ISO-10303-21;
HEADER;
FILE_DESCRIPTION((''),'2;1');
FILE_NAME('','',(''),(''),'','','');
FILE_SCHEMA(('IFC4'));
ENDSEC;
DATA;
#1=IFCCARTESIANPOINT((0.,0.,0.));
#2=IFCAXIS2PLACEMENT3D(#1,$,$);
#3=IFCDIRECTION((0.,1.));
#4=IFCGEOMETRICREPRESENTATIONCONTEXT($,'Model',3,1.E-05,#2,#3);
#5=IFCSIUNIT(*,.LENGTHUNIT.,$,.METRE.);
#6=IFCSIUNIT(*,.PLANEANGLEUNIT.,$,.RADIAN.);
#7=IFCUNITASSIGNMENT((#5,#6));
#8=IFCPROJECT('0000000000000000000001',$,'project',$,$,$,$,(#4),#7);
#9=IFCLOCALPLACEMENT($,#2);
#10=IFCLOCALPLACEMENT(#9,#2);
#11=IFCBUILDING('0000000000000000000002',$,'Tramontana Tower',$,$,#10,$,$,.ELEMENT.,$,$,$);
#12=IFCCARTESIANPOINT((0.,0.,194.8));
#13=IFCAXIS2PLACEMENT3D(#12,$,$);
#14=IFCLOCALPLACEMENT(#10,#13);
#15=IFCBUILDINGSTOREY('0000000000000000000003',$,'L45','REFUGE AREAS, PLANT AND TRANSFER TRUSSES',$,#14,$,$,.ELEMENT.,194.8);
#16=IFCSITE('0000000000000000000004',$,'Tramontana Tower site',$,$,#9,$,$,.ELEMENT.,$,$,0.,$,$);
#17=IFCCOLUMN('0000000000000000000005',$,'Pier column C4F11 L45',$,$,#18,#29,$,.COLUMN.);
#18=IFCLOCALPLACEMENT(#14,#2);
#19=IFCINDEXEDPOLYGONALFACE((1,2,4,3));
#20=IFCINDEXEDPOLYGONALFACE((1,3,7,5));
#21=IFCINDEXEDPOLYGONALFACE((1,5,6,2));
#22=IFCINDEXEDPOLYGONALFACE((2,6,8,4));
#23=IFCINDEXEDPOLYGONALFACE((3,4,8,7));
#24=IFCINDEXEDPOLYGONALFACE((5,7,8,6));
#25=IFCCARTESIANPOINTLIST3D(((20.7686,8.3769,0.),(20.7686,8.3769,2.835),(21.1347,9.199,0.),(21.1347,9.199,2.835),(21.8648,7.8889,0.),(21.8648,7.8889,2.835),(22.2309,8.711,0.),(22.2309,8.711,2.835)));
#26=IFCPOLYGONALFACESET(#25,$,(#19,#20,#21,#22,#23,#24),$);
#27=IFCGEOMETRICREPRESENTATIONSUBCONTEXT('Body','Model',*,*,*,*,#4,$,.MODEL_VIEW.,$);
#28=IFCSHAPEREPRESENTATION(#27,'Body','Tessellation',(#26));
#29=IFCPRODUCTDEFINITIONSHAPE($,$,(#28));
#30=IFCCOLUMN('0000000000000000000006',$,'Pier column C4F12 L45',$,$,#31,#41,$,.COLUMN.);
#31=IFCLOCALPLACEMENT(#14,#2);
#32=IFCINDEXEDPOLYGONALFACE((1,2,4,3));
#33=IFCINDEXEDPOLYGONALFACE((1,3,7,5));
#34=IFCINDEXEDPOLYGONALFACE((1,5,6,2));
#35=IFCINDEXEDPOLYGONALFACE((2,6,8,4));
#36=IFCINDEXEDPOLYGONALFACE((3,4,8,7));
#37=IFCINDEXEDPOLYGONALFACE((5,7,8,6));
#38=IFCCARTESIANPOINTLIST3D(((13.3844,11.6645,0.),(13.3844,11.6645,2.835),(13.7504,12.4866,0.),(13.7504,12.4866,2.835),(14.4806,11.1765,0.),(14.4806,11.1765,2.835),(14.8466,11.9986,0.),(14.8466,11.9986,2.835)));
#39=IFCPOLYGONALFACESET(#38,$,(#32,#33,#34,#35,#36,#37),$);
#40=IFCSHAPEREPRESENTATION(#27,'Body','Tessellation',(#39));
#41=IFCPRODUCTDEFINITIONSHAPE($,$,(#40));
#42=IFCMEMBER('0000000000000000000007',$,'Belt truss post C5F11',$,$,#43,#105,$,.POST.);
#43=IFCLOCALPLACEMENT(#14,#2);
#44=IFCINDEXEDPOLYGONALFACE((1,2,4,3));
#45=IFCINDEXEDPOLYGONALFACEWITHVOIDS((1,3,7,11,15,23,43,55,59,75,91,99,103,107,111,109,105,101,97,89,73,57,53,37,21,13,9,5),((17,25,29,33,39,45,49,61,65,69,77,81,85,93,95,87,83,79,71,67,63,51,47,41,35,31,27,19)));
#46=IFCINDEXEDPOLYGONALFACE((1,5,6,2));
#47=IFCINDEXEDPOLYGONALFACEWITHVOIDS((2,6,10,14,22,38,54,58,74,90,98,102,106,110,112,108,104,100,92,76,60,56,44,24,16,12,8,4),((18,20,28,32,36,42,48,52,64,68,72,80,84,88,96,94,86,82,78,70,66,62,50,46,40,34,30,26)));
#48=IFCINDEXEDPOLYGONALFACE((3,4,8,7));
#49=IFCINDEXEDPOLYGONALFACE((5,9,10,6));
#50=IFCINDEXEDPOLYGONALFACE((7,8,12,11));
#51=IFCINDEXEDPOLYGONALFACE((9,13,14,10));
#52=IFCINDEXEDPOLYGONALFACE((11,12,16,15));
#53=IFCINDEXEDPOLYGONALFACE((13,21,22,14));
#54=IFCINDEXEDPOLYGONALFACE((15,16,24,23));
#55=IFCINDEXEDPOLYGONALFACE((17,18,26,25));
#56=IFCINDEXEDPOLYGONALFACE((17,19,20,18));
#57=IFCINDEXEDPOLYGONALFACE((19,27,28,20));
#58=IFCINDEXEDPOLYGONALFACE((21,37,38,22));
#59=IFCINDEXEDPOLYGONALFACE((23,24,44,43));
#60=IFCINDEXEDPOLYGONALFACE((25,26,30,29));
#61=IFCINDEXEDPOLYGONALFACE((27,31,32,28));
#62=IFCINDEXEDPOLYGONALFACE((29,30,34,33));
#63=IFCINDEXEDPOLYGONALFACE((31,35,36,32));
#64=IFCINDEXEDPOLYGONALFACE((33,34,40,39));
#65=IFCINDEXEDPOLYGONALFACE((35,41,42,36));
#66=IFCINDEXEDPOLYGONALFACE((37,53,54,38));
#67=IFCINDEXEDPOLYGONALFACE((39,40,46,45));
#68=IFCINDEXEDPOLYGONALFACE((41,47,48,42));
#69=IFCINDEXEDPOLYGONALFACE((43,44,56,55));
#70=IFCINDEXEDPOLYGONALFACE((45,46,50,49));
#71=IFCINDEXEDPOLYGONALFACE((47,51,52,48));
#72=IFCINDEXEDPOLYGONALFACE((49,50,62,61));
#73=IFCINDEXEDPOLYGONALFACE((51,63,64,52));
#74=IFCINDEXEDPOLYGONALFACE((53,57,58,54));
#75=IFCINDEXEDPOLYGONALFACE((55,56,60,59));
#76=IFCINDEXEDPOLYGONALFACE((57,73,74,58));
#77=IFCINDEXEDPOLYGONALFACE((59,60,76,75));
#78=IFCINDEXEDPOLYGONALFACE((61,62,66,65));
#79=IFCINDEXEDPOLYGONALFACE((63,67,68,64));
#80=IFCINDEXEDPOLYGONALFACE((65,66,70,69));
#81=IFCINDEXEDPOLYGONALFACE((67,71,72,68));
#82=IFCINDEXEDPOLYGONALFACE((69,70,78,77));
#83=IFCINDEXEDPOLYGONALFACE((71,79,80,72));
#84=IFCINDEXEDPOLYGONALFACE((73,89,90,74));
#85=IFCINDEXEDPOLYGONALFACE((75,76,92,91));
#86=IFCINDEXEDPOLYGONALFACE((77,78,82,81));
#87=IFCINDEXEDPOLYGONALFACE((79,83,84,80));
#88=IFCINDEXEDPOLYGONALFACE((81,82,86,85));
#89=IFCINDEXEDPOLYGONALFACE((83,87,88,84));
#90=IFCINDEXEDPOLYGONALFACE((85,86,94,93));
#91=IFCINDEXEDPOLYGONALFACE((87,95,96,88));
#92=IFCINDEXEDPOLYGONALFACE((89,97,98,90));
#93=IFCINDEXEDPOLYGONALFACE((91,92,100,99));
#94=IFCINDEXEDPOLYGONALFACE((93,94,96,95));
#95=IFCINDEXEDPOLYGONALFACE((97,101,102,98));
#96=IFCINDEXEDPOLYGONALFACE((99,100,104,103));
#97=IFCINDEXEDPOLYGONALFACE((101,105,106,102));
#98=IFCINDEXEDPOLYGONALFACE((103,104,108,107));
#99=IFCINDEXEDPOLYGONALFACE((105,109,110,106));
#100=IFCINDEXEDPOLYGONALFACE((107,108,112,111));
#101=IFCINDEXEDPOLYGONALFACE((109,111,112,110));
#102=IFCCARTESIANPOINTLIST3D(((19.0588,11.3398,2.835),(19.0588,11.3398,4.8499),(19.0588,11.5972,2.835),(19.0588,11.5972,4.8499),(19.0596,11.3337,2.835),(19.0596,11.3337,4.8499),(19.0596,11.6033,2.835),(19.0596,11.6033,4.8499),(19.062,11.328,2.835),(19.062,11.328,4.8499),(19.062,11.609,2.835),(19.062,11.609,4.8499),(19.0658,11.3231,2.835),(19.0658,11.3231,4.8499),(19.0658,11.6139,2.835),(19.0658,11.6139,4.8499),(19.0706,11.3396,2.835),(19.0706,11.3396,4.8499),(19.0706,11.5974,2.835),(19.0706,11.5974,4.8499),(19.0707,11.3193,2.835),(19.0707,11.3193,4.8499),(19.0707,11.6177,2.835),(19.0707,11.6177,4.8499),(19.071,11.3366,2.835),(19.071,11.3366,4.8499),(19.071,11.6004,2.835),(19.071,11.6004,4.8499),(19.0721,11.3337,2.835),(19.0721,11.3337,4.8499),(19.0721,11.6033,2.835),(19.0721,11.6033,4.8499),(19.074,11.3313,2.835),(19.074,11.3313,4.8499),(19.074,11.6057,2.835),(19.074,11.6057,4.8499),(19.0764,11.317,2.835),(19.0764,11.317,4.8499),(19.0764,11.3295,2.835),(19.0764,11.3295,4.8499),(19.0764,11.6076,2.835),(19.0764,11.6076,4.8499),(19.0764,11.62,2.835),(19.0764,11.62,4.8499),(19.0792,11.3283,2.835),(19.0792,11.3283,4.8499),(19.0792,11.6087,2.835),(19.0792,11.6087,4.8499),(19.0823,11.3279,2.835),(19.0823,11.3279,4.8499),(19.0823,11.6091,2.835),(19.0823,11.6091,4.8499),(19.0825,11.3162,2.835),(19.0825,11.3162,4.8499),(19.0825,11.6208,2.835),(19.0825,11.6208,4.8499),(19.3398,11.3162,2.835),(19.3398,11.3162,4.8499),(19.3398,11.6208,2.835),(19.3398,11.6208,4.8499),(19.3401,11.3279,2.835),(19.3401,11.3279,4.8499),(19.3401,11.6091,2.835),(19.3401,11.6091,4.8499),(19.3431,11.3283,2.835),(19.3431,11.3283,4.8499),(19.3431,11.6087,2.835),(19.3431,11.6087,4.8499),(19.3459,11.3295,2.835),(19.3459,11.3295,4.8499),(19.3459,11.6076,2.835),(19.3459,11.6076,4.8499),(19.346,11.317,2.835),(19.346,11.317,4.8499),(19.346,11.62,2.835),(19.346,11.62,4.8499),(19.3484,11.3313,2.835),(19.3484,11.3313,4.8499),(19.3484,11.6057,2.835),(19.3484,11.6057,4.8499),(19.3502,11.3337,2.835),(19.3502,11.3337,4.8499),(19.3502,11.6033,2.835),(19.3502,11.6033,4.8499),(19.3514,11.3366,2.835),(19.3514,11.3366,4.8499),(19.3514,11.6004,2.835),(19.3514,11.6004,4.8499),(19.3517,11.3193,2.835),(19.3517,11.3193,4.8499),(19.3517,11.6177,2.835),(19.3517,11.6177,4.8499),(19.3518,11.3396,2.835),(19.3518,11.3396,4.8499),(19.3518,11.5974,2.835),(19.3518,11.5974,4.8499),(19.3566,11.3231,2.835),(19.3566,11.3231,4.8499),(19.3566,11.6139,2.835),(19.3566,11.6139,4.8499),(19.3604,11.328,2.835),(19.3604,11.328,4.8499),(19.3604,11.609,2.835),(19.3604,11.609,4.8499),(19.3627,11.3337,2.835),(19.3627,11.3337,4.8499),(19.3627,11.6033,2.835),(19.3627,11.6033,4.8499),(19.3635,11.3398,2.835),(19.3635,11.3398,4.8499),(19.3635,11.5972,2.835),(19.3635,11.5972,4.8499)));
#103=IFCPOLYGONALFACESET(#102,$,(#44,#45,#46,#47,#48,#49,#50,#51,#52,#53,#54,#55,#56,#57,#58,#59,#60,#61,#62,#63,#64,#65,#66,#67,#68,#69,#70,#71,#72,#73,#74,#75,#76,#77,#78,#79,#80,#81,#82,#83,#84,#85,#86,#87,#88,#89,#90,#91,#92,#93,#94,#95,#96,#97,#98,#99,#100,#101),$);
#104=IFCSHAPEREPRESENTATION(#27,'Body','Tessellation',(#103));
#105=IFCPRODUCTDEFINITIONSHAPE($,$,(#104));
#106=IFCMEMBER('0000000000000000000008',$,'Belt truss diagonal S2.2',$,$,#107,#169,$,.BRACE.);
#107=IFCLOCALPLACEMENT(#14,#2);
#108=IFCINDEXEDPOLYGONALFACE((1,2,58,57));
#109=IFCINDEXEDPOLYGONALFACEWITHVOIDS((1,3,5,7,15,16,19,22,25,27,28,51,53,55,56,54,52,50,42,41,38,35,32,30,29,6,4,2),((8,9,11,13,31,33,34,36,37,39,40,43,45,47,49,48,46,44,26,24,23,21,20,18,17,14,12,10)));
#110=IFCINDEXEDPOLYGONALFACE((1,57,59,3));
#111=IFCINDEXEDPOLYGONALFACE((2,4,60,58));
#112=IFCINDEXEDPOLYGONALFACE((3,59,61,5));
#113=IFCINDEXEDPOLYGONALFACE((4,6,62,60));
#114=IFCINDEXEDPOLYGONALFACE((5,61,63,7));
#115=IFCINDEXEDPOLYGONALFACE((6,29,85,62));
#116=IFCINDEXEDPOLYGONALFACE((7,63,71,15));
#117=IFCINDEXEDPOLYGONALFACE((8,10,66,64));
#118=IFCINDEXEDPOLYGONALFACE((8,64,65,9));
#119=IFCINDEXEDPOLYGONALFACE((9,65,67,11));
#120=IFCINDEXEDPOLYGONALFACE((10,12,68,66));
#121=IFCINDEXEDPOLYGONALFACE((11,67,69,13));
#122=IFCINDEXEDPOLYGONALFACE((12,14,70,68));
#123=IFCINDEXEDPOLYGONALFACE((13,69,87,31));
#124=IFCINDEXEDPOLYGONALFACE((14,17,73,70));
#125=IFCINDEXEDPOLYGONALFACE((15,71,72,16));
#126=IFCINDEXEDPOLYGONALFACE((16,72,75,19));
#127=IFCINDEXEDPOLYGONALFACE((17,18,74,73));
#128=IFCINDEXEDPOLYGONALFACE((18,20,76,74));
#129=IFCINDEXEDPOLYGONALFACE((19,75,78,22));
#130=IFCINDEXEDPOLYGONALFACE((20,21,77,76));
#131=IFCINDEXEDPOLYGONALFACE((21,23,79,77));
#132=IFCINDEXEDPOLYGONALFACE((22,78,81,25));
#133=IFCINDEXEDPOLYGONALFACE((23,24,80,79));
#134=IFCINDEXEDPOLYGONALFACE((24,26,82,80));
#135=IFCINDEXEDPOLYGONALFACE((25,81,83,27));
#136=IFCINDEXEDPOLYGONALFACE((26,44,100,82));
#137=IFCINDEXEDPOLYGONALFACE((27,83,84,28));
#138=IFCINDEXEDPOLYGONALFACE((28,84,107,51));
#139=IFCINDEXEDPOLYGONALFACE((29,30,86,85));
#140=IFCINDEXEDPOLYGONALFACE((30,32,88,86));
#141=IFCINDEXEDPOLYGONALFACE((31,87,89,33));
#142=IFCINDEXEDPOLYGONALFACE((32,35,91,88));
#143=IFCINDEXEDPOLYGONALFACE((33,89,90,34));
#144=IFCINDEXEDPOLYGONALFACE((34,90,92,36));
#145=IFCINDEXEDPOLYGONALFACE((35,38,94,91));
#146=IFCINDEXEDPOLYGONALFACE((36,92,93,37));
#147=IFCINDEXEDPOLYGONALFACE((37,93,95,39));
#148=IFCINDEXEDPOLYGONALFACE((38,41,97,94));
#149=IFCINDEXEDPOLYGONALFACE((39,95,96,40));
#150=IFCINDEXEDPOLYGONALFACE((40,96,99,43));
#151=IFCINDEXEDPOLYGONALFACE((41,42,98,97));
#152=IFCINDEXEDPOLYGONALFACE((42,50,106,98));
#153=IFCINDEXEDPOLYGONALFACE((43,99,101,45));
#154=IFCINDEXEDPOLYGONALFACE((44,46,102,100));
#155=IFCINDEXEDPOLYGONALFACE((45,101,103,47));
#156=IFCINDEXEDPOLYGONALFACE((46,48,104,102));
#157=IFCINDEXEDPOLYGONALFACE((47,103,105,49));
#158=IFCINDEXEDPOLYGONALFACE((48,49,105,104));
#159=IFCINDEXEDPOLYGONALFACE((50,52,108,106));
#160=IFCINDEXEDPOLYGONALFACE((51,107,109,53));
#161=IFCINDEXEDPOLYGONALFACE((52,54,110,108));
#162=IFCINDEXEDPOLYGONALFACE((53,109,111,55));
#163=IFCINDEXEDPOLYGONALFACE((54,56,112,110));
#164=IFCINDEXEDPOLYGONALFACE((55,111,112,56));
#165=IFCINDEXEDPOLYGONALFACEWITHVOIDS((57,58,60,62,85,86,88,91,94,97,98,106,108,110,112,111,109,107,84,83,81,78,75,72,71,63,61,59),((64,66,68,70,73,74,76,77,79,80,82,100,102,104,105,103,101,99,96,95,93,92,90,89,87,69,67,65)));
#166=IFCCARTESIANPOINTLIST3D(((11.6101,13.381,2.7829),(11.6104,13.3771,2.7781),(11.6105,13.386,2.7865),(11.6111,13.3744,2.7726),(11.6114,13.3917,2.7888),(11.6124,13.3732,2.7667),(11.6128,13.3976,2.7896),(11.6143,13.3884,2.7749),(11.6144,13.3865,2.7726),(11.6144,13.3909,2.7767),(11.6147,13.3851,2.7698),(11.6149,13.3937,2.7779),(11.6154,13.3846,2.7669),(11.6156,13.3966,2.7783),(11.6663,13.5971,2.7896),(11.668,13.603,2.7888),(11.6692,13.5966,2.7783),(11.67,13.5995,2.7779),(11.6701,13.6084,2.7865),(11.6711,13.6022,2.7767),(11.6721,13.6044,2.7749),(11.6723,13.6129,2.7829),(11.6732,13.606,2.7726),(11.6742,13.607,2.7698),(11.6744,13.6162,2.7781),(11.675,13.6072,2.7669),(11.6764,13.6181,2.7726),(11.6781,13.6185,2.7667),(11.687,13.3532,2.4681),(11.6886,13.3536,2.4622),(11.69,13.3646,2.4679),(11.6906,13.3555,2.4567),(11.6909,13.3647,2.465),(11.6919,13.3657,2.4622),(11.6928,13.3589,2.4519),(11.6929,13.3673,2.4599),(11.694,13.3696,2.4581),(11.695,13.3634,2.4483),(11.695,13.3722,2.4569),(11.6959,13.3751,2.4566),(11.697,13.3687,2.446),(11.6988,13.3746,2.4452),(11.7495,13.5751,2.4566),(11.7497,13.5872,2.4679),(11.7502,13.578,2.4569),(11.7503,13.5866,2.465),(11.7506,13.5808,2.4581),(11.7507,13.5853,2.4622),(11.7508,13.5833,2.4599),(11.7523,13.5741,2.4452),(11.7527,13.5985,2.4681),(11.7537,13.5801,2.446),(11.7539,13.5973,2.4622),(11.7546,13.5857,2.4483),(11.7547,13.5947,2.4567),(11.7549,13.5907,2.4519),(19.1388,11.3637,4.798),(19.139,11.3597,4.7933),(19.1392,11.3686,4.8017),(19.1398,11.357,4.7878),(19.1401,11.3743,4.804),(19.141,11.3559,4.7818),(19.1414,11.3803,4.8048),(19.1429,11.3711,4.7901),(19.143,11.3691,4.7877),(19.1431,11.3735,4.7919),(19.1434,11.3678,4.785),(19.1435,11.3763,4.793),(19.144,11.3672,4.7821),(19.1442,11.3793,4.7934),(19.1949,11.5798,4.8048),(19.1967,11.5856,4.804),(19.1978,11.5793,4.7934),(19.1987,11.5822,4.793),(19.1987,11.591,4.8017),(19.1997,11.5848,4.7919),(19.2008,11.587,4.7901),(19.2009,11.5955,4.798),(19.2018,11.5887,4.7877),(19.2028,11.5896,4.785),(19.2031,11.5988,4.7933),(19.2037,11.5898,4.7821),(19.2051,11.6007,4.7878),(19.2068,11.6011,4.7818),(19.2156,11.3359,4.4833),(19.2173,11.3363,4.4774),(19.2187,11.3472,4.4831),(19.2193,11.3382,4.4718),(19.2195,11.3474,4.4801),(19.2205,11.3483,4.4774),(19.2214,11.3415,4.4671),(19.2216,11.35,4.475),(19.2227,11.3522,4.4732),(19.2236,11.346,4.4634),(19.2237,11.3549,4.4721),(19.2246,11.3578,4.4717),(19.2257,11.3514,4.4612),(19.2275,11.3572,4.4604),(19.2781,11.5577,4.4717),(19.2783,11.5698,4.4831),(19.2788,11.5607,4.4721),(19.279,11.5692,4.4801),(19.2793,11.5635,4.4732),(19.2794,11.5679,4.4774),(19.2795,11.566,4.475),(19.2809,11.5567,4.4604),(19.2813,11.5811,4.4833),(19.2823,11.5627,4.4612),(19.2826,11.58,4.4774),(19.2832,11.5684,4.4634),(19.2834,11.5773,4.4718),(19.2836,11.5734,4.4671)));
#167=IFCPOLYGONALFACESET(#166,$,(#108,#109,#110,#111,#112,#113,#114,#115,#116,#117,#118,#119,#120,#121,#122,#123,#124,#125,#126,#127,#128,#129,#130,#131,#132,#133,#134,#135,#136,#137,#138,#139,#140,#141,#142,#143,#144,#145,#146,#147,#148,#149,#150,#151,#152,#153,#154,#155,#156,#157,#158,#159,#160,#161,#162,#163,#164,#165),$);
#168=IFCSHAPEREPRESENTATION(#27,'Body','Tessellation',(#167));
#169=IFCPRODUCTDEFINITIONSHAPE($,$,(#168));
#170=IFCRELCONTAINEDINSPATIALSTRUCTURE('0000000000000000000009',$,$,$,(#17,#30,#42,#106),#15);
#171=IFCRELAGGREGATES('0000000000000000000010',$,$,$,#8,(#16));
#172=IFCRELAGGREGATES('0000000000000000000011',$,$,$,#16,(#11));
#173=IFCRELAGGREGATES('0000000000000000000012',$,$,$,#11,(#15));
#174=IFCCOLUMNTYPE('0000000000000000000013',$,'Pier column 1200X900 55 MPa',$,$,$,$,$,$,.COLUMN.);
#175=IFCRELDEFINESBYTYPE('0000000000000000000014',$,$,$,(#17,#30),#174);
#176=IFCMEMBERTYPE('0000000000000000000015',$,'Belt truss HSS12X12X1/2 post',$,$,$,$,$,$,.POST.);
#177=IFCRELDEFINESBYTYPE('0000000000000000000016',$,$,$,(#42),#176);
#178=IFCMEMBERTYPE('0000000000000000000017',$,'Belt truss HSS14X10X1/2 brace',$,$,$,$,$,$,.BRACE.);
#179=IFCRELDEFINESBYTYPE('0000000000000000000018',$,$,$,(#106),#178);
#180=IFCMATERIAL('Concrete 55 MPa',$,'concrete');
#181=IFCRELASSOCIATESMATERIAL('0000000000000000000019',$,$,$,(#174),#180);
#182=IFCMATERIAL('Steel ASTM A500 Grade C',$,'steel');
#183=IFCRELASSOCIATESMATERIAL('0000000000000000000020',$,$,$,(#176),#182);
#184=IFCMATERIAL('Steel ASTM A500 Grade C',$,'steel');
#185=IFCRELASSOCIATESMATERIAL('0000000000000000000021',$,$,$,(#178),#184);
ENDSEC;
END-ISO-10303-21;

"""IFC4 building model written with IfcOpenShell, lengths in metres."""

from ifc_helpers import new_model, si_unit, direction, frame, origin, origin_2d, place, context, subcontext, project, spatial, rectangle, hollow_rectangle, extrude, material, material_profile, profile_set, type_object, element, save


model = new_model("IFC4")

# Units and contexts
model_context = context("Model", 3, precision=1e-05, world=origin(), true_north=direction((0.0, 1.0)))
body_context = subcontext(model_context, "Body", "Model", "MODEL_VIEW")
ifc_project = project(units=[si_unit("LENGTHUNIT", "METRE"), si_unit("PLANEANGLEUNIT", "RADIAN")], contexts=[model_context])

# Site, building, storey
site_placement = place(None, origin())
site = spatial("IfcSite", under=ifc_project, at=site_placement, Name="Tramontana Tower site", CompositionType="ELEMENT", RefElevation=0.0)
building_placement = place(site_placement, origin())
building = spatial("IfcBuilding", under=site, at=building_placement, Name="Tramontana Tower", CompositionType="ELEMENT")
storey_placement = place(building_placement, frame((0.0, 0.0, 194.8)))
storey = spatial("IfcBuildingStorey", under=building, at=storey_placement, Name="L45", Description="REFUGE AREAS, PLANT AND TRANSFER TRUSSES", CompositionType="ELEMENT", Elevation=194.8)

# Columns
ifc_material_1 = material(Name="Concrete 55 MPa", Category="concrete")
ifc_material_profile_1 = material_profile(ifc_material_1, rectangle(XDim=1.2, YDim=0.8999, at=origin_2d()), Name="Pier column 1200X900 55 MPa")
ifc_profile_set_1 = profile_set([ifc_material_profile_1], Name="Concrete 55 MPa")
column_type = type_object("IfcColumnType", Name="Pier column 1200X900 55 MPa", PredefinedType="COLUMN", material=ifc_profile_set_1)
for number, where, z_axis, x_axis, name in (
    (1, (21.4998, 8.5439, 0.0), (0.0, 0.0, 1.0), (-0.913545, 0.406737, 0.0), "Pier column C4F11 L45"),
    (2, (14.1155, 11.8315, 0.0), (0.0, 0.0, 1.0), (-0.913545, 0.406737, 0.0), "Pier column C4F12 L45"),
):
    element("IfcColumn", number, at=place(storey_placement, frame(where, z_axis=z_axis, x_axis=x_axis)), inside=storey, type_object=column_type, Name=name, PredefinedType="COLUMN", context=body_context, shape_type="SweptSolid", body=[
        extrude(rectangle(XDim=1.2, YDim=0.8999, at=origin_2d()), origin(), (0.0, 0.0, 1.0), 2.835),
    ])

# Members
ifc_material_2 = material(Name="Steel ASTM A500 Grade C", Category="steel")
ifc_material_profile_2 = material_profile(ifc_material_2, hollow_rectangle(XDim=0.3047, YDim=0.3047, WallThickness=0.0117, InnerFilletRadius=0.0117, OuterFilletRadius=0.0237, at=origin_2d()), Name="HSS12X12X1/2")
ifc_profile_set_2 = profile_set([ifc_material_profile_2], Name="Steel ASTM A500 Grade C")
member_type_1 = type_object("IfcMemberType", Name="Belt truss HSS12X12X1/2 post", PredefinedType="POST", material=ifc_profile_set_2)
member_1_placement = place(storey_placement, frame((19.2112, 11.4685, 2.835), z_axis=(0.0, 0.0, 1.0), x_axis=(1.0, 0.0, 0.0)))
element("IfcMember", 3, at=member_1_placement, inside=storey, type_object=member_type_1, Name="Belt truss post C5F11", PredefinedType="POST", context=body_context, shape_type="SweptSolid", body=[
    extrude(hollow_rectangle(XDim=0.3047, YDim=0.3047, WallThickness=0.0117, InnerFilletRadius=0.0117, OuterFilletRadius=0.0237, at=origin_2d()), origin(), (0.0, 0.0, 1.0), 2.0149),
])
ifc_material_3 = material(Name="Steel ASTM A500 Grade C", Category="steel")
ifc_material_profile_3 = material_profile(ifc_material_3, hollow_rectangle(XDim=0.2539, YDim=0.3557, WallThickness=0.0117, InnerFilletRadius=0.0117, OuterFilletRadius=0.0237, at=origin_2d()), Name="HSS14X10X1/2")
ifc_profile_set_3 = profile_set([ifc_material_profile_3], Name="Steel ASTM A500 Grade C")
member_type_2 = type_object("IfcMemberType", Name="Belt truss HSS14X10X1/2 brace", PredefinedType="BRACE", material=ifc_profile_set_3)
for number, where, z_axis, x_axis, name in (
    (4, (19.2112, 11.4685, 4.6326), (-0.935173, 0.250587, -0.250314), (-0.258826, -0.965924, 0.0), "Belt truss diagonal S2.2"),
):
    element("IfcMember", number, at=place(storey_placement, frame(where, z_axis=z_axis, x_axis=x_axis)), inside=storey, type_object=member_type_2, Name=name, PredefinedType="BRACE", context=body_context, shape_type="SweptSolid", body=[
        extrude(hollow_rectangle(XDim=0.2539, YDim=0.3557, WallThickness=0.0117, InnerFilletRadius=0.0117, OuterFilletRadius=0.0237, at=origin_2d()), origin(), (0.0, 0.0, 1.0), 8.0505),
    ])

save(model, "model.ifc")
